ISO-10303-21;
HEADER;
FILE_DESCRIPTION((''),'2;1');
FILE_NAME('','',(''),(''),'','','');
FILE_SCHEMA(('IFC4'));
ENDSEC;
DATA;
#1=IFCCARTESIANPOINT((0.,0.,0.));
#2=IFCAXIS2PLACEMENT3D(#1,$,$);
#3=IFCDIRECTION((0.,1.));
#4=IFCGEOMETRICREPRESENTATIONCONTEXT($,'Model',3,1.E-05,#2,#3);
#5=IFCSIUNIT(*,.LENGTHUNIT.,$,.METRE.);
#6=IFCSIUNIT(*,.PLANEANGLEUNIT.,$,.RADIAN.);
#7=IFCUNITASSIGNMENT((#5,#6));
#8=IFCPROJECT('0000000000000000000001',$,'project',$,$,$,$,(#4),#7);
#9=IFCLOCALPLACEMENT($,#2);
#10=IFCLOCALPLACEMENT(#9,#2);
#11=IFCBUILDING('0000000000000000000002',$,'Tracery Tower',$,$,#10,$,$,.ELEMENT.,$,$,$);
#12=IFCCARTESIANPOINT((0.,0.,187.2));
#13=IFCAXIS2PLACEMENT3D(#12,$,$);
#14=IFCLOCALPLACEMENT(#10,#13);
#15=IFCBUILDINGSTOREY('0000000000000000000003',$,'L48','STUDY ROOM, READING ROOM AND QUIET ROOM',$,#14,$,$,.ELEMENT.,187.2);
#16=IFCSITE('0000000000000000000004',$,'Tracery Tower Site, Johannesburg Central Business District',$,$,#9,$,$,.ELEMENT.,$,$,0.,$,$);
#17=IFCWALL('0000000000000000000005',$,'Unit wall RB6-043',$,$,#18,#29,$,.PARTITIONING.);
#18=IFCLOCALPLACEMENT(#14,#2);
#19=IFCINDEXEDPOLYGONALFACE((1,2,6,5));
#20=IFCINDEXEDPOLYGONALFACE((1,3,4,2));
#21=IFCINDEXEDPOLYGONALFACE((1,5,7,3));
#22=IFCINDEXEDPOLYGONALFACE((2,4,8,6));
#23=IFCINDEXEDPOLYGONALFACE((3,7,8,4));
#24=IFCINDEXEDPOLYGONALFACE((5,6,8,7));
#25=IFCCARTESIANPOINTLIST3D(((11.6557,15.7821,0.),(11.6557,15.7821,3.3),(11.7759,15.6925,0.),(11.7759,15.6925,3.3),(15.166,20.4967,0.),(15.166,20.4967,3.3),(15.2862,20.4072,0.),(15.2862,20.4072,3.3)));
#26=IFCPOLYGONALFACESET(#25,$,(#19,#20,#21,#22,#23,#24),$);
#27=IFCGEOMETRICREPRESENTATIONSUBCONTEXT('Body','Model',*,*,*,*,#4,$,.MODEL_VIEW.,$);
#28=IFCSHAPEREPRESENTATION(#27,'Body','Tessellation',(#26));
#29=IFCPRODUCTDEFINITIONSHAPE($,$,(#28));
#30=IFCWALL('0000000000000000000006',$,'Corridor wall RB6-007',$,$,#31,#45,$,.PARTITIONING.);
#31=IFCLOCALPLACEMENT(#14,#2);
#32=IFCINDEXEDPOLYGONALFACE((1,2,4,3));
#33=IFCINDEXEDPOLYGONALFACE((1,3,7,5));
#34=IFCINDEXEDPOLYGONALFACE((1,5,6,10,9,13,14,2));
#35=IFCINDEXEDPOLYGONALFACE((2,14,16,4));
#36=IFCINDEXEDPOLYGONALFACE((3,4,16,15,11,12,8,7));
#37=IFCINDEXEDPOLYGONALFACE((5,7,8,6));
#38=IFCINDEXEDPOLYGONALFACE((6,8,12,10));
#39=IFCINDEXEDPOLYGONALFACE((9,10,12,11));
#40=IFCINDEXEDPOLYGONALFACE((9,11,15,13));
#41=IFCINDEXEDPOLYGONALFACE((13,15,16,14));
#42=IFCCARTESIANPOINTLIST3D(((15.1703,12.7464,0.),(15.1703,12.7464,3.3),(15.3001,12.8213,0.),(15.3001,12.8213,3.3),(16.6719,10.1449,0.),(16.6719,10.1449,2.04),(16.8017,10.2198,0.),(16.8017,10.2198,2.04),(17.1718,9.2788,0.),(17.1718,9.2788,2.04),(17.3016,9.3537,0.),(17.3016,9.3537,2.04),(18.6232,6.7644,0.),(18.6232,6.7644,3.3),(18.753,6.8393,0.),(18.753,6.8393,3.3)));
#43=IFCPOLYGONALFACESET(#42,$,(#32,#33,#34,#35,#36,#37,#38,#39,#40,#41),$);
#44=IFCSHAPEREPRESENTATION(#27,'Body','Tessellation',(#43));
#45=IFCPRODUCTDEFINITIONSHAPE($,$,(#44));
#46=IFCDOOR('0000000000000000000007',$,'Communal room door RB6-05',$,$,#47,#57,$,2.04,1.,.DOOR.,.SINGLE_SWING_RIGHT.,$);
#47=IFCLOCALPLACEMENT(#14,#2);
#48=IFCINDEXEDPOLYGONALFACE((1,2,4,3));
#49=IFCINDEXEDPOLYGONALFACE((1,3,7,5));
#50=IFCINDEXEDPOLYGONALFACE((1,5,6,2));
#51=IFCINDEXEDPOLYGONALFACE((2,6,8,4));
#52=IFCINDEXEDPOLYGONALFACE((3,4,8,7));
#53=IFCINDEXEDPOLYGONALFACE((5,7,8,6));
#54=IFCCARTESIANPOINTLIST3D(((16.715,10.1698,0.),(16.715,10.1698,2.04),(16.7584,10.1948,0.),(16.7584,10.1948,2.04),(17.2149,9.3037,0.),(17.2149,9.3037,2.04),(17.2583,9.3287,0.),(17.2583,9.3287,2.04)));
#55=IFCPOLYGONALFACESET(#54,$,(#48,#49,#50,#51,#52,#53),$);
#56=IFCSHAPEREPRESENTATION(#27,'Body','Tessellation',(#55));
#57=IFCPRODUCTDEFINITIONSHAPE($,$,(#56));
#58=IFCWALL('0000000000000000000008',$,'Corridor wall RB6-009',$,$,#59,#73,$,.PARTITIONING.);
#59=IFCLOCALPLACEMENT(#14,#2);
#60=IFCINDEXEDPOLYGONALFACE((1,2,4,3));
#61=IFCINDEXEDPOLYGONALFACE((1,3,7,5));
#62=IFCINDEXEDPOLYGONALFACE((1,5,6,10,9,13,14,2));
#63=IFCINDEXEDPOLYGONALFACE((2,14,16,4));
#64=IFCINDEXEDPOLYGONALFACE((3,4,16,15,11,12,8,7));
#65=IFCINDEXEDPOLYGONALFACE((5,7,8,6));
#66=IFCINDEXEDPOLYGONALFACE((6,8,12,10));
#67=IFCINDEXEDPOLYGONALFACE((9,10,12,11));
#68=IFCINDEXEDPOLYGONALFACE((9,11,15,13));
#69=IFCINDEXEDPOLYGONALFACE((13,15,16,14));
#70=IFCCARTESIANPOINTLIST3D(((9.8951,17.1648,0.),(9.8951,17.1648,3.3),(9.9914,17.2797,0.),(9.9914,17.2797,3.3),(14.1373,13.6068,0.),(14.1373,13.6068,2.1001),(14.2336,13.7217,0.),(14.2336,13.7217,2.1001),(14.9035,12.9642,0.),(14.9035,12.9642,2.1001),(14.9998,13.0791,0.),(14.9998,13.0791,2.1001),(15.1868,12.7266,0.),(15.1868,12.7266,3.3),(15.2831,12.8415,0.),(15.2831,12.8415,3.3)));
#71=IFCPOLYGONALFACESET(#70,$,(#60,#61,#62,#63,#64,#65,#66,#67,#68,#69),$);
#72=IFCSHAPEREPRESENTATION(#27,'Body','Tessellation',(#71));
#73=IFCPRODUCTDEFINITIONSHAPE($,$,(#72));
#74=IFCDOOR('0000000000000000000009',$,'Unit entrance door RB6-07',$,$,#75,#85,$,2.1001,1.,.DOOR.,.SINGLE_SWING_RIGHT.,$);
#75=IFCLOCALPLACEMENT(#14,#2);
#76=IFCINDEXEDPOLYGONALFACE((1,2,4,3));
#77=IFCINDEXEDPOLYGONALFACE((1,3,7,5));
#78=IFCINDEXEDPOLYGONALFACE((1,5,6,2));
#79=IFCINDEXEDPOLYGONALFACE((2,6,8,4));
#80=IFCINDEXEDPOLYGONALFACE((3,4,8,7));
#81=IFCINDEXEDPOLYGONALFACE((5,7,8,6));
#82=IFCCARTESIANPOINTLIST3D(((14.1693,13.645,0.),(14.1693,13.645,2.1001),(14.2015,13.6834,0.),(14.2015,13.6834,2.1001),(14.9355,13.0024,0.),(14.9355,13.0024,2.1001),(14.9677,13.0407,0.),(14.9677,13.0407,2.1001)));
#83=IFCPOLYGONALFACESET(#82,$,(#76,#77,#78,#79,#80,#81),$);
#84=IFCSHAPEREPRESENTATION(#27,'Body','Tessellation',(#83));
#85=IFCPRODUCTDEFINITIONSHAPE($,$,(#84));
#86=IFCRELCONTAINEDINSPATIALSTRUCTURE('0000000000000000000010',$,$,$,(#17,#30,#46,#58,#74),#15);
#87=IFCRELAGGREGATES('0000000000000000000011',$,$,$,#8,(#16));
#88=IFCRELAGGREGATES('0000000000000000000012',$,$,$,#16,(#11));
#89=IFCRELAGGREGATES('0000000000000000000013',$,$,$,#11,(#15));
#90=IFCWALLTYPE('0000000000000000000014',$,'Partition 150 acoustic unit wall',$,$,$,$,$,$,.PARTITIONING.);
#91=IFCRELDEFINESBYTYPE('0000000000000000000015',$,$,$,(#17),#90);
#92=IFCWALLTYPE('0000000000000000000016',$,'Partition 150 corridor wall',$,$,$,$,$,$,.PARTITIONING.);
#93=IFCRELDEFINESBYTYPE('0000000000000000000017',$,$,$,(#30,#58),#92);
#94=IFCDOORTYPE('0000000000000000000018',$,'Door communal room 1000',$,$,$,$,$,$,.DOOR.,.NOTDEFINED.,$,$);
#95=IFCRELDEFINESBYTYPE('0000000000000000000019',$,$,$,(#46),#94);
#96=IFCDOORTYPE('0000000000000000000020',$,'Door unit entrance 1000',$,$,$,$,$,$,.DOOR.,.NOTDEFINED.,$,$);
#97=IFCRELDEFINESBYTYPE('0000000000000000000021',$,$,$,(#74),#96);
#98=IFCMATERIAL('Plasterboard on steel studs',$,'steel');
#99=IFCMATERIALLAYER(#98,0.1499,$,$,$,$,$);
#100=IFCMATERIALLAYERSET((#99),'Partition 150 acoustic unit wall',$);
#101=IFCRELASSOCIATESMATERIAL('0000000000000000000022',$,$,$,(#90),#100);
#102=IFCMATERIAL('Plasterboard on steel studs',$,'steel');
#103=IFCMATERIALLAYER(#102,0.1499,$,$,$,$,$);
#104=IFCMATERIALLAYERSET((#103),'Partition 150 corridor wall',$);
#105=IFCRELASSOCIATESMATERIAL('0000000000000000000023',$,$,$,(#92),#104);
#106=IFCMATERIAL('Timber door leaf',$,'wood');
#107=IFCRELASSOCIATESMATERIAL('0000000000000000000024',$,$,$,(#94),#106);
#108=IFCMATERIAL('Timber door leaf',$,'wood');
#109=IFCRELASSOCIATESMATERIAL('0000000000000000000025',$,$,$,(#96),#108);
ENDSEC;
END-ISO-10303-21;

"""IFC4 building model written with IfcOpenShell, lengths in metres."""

from ifc_helpers import new_model, si_unit, direction, frame, frame_2d, origin, place, context, subcontext, project, spatial, rectangle, extrude, material, layer, layer_set, type_object, element, fill, save


model = new_model("IFC4")

# Units and contexts
model_context = context("Model", 3, precision=1e-05, world=origin(), true_north=direction((0.0, 1.0)))
body_context = subcontext(model_context, "Body", "Model", "MODEL_VIEW")
ifc_project = project(units=[si_unit("LENGTHUNIT", "METRE"), si_unit("PLANEANGLEUNIT", "RADIAN")], contexts=[model_context])

# Site, building, storey
site_placement = place(None, origin())
site = spatial("IfcSite", under=ifc_project, at=site_placement, Name="Tracery Tower Site, Johannesburg Central Business District", CompositionType="ELEMENT", RefElevation=0.0)
building_placement = place(site_placement, origin())
building = spatial("IfcBuilding", under=site, at=building_placement, Name="Tracery Tower", CompositionType="ELEMENT")
storey_placement = place(building_placement, frame((0.0, 0.0, 187.2)))
storey = spatial("IfcBuildingStorey", under=building, at=storey_placement, Name="L48", Description="STUDY ROOM, READING ROOM AND QUIET ROOM", CompositionType="ELEMENT", Elevation=187.2)

# Wall
ifc_material_1 = material(Name="Plasterboard on steel studs", Category="steel")
ifc_layer_1 = layer(ifc_material_1, 0.1499)
ifc_layer_set_1 = layer_set([ifc_layer_1], Name="Partition 150 acoustic unit wall")
wall_type_1 = type_object("IfcWallType", Name="Partition 150 acoustic unit wall", PredefinedType="PARTITIONING", material=ifc_layer_set_1)
wall_1_placement = place(storey_placement, frame((11.7158, 15.7373, 0.0), z_axis=(0.0, 0.0, 1.0), x_axis=(0.597198, 0.802093, 0.0)))
element("IfcWall", 1, at=wall_1_placement, inside=storey, type_object=wall_type_1, Name="Unit wall RB6-043", PredefinedType="PARTITIONING", context=body_context, shape_type="SweptSolid", body=[
    extrude(rectangle(XDim=5.8779, YDim=0.1499, at=frame_2d((2.939, 0.0))), origin(), (0.0, 0.0, 1.0), 3.3),
])

# Walls, openings, doors
ifc_material_2 = material(Name="Plasterboard on steel studs", Category="steel")
ifc_layer_2 = layer(ifc_material_2, 0.1499)
ifc_layer_set_2 = layer_set([ifc_layer_2], Name="Partition 150 corridor wall")
wall_type_2 = type_object("IfcWallType", Name="Partition 150 corridor wall", PredefinedType="PARTITIONING", material=ifc_layer_set_2)
wall_2_placement = place(storey_placement, frame((15.2351, 12.7839, 0.0), z_axis=(0.0, 0.0, 1.0), x_axis=(0.499914, -0.866075, 0.0)))
wall_2 = element("IfcWall", 2, at=wall_2_placement, inside=storey, type_object=wall_type_2, Name="Corridor wall RB6-007", PredefinedType="PARTITIONING", context=body_context, shape_type="SweptSolid", body=[
    extrude(rectangle(XDim=6.907, YDim=0.1499, at=frame_2d((3.4536, 0.0))), origin(), (0.0, 0.0, 1.0), 3.3),
])
opening_1_placement = place(wall_2_placement, frame((3.0039, 0.0, 0.0)))
opening_1 = element("IfcOpeningElement", 3, at=opening_1_placement, cuts=wall_2, PredefinedType="OPENING", context=body_context, shape_type="SweptSolid", body=[
    extrude(rectangle(XDim=1.0, YDim=2.04, at=frame_2d((0.5, 1.02))), frame((0.0, 0.075, 0.0), z_axis=(0.0, -1.0, 0.0), x_axis=(1.0, 0.0, 0.0)), (0.0, 0.0, 1.0), 0.1499),
])
ifc_material_3 = material(Name="Timber door leaf", Category="wood")
door_type_1 = type_object("IfcDoorType", Name="Door communal room 1000", OperationType="NOTDEFINED", PredefinedType="DOOR", material=ifc_material_3)
door_1_placement = place(opening_1_placement, origin())
door_1 = element("IfcDoor", 4, at=door_1_placement, inside=storey, type_object=door_type_1, Name="Communal room door RB6-05", OperationType="SINGLE_SWING_RIGHT", OverallHeight=2.04, OverallWidth=1.0, PredefinedType="DOOR", context=body_context, shape_type="SweptSolid", body=[
    extrude(rectangle(XDim=1.0, YDim=2.04, at=frame_2d((0.5, 1.02))), frame((0.0, 0.0249, 0.0), z_axis=(0.0, -1.0, 0.0), x_axis=(1.0, 0.0, 0.0)), (0.0, 0.0, 1.0), 0.05),
])
fill(opening_1, door_1)
wall_3_placement = place(storey_placement, frame((9.9434, 17.2222, 0.0), z_axis=(0.0, 0.0, 1.0), x_axis=(0.766192, -0.642612, 0.0)))
wall_3 = element("IfcWall", 5, at=wall_3_placement, inside=storey, type_object=wall_type_2, Name="Corridor wall RB6-009", PredefinedType="PARTITIONING", context=body_context, shape_type="SweptSolid", body=[
    extrude(rectangle(XDim=6.9065, YDim=0.1499, at=frame_2d((3.4531, 0.0))), origin(), (0.0, 0.0, 1.0), 3.3),
])
opening_2_placement = place(wall_3_placement, frame((5.5366, 0.0, 0.0)))
opening_2 = element("IfcOpeningElement", 6, at=opening_2_placement, cuts=wall_3, PredefinedType="OPENING", context=body_context, shape_type="SweptSolid", body=[
    extrude(rectangle(XDim=1.0, YDim=2.1001, at=frame_2d((0.5, 1.05))), frame((0.0, 0.075, 0.0), z_axis=(0.0, -1.0, 0.0), x_axis=(1.0, 0.0, 0.0)), (0.0, 0.0, 1.0), 0.1499),
])
ifc_material_4 = material(Name="Timber door leaf", Category="wood")
door_type_2 = type_object("IfcDoorType", Name="Door unit entrance 1000", OperationType="NOTDEFINED", PredefinedType="DOOR", material=ifc_material_4)
door_2_placement = place(opening_2_placement, origin())
door_2 = element("IfcDoor", 7, at=door_2_placement, inside=storey, type_object=door_type_2, Name="Unit entrance door RB6-07", OperationType="SINGLE_SWING_RIGHT", OverallHeight=2.1001, OverallWidth=1.0, PredefinedType="DOOR", context=body_context, shape_type="SweptSolid", body=[
    extrude(rectangle(XDim=1.0, YDim=2.1001, at=frame_2d((0.5, 1.05))), frame((0.0, 0.0249, 0.0), z_axis=(0.0, -1.0, 0.0), x_axis=(1.0, 0.0, 0.0)), (0.0, 0.0, 1.0), 0.05),
])
fill(opening_2, door_2)

save(model, "model.ifc")
